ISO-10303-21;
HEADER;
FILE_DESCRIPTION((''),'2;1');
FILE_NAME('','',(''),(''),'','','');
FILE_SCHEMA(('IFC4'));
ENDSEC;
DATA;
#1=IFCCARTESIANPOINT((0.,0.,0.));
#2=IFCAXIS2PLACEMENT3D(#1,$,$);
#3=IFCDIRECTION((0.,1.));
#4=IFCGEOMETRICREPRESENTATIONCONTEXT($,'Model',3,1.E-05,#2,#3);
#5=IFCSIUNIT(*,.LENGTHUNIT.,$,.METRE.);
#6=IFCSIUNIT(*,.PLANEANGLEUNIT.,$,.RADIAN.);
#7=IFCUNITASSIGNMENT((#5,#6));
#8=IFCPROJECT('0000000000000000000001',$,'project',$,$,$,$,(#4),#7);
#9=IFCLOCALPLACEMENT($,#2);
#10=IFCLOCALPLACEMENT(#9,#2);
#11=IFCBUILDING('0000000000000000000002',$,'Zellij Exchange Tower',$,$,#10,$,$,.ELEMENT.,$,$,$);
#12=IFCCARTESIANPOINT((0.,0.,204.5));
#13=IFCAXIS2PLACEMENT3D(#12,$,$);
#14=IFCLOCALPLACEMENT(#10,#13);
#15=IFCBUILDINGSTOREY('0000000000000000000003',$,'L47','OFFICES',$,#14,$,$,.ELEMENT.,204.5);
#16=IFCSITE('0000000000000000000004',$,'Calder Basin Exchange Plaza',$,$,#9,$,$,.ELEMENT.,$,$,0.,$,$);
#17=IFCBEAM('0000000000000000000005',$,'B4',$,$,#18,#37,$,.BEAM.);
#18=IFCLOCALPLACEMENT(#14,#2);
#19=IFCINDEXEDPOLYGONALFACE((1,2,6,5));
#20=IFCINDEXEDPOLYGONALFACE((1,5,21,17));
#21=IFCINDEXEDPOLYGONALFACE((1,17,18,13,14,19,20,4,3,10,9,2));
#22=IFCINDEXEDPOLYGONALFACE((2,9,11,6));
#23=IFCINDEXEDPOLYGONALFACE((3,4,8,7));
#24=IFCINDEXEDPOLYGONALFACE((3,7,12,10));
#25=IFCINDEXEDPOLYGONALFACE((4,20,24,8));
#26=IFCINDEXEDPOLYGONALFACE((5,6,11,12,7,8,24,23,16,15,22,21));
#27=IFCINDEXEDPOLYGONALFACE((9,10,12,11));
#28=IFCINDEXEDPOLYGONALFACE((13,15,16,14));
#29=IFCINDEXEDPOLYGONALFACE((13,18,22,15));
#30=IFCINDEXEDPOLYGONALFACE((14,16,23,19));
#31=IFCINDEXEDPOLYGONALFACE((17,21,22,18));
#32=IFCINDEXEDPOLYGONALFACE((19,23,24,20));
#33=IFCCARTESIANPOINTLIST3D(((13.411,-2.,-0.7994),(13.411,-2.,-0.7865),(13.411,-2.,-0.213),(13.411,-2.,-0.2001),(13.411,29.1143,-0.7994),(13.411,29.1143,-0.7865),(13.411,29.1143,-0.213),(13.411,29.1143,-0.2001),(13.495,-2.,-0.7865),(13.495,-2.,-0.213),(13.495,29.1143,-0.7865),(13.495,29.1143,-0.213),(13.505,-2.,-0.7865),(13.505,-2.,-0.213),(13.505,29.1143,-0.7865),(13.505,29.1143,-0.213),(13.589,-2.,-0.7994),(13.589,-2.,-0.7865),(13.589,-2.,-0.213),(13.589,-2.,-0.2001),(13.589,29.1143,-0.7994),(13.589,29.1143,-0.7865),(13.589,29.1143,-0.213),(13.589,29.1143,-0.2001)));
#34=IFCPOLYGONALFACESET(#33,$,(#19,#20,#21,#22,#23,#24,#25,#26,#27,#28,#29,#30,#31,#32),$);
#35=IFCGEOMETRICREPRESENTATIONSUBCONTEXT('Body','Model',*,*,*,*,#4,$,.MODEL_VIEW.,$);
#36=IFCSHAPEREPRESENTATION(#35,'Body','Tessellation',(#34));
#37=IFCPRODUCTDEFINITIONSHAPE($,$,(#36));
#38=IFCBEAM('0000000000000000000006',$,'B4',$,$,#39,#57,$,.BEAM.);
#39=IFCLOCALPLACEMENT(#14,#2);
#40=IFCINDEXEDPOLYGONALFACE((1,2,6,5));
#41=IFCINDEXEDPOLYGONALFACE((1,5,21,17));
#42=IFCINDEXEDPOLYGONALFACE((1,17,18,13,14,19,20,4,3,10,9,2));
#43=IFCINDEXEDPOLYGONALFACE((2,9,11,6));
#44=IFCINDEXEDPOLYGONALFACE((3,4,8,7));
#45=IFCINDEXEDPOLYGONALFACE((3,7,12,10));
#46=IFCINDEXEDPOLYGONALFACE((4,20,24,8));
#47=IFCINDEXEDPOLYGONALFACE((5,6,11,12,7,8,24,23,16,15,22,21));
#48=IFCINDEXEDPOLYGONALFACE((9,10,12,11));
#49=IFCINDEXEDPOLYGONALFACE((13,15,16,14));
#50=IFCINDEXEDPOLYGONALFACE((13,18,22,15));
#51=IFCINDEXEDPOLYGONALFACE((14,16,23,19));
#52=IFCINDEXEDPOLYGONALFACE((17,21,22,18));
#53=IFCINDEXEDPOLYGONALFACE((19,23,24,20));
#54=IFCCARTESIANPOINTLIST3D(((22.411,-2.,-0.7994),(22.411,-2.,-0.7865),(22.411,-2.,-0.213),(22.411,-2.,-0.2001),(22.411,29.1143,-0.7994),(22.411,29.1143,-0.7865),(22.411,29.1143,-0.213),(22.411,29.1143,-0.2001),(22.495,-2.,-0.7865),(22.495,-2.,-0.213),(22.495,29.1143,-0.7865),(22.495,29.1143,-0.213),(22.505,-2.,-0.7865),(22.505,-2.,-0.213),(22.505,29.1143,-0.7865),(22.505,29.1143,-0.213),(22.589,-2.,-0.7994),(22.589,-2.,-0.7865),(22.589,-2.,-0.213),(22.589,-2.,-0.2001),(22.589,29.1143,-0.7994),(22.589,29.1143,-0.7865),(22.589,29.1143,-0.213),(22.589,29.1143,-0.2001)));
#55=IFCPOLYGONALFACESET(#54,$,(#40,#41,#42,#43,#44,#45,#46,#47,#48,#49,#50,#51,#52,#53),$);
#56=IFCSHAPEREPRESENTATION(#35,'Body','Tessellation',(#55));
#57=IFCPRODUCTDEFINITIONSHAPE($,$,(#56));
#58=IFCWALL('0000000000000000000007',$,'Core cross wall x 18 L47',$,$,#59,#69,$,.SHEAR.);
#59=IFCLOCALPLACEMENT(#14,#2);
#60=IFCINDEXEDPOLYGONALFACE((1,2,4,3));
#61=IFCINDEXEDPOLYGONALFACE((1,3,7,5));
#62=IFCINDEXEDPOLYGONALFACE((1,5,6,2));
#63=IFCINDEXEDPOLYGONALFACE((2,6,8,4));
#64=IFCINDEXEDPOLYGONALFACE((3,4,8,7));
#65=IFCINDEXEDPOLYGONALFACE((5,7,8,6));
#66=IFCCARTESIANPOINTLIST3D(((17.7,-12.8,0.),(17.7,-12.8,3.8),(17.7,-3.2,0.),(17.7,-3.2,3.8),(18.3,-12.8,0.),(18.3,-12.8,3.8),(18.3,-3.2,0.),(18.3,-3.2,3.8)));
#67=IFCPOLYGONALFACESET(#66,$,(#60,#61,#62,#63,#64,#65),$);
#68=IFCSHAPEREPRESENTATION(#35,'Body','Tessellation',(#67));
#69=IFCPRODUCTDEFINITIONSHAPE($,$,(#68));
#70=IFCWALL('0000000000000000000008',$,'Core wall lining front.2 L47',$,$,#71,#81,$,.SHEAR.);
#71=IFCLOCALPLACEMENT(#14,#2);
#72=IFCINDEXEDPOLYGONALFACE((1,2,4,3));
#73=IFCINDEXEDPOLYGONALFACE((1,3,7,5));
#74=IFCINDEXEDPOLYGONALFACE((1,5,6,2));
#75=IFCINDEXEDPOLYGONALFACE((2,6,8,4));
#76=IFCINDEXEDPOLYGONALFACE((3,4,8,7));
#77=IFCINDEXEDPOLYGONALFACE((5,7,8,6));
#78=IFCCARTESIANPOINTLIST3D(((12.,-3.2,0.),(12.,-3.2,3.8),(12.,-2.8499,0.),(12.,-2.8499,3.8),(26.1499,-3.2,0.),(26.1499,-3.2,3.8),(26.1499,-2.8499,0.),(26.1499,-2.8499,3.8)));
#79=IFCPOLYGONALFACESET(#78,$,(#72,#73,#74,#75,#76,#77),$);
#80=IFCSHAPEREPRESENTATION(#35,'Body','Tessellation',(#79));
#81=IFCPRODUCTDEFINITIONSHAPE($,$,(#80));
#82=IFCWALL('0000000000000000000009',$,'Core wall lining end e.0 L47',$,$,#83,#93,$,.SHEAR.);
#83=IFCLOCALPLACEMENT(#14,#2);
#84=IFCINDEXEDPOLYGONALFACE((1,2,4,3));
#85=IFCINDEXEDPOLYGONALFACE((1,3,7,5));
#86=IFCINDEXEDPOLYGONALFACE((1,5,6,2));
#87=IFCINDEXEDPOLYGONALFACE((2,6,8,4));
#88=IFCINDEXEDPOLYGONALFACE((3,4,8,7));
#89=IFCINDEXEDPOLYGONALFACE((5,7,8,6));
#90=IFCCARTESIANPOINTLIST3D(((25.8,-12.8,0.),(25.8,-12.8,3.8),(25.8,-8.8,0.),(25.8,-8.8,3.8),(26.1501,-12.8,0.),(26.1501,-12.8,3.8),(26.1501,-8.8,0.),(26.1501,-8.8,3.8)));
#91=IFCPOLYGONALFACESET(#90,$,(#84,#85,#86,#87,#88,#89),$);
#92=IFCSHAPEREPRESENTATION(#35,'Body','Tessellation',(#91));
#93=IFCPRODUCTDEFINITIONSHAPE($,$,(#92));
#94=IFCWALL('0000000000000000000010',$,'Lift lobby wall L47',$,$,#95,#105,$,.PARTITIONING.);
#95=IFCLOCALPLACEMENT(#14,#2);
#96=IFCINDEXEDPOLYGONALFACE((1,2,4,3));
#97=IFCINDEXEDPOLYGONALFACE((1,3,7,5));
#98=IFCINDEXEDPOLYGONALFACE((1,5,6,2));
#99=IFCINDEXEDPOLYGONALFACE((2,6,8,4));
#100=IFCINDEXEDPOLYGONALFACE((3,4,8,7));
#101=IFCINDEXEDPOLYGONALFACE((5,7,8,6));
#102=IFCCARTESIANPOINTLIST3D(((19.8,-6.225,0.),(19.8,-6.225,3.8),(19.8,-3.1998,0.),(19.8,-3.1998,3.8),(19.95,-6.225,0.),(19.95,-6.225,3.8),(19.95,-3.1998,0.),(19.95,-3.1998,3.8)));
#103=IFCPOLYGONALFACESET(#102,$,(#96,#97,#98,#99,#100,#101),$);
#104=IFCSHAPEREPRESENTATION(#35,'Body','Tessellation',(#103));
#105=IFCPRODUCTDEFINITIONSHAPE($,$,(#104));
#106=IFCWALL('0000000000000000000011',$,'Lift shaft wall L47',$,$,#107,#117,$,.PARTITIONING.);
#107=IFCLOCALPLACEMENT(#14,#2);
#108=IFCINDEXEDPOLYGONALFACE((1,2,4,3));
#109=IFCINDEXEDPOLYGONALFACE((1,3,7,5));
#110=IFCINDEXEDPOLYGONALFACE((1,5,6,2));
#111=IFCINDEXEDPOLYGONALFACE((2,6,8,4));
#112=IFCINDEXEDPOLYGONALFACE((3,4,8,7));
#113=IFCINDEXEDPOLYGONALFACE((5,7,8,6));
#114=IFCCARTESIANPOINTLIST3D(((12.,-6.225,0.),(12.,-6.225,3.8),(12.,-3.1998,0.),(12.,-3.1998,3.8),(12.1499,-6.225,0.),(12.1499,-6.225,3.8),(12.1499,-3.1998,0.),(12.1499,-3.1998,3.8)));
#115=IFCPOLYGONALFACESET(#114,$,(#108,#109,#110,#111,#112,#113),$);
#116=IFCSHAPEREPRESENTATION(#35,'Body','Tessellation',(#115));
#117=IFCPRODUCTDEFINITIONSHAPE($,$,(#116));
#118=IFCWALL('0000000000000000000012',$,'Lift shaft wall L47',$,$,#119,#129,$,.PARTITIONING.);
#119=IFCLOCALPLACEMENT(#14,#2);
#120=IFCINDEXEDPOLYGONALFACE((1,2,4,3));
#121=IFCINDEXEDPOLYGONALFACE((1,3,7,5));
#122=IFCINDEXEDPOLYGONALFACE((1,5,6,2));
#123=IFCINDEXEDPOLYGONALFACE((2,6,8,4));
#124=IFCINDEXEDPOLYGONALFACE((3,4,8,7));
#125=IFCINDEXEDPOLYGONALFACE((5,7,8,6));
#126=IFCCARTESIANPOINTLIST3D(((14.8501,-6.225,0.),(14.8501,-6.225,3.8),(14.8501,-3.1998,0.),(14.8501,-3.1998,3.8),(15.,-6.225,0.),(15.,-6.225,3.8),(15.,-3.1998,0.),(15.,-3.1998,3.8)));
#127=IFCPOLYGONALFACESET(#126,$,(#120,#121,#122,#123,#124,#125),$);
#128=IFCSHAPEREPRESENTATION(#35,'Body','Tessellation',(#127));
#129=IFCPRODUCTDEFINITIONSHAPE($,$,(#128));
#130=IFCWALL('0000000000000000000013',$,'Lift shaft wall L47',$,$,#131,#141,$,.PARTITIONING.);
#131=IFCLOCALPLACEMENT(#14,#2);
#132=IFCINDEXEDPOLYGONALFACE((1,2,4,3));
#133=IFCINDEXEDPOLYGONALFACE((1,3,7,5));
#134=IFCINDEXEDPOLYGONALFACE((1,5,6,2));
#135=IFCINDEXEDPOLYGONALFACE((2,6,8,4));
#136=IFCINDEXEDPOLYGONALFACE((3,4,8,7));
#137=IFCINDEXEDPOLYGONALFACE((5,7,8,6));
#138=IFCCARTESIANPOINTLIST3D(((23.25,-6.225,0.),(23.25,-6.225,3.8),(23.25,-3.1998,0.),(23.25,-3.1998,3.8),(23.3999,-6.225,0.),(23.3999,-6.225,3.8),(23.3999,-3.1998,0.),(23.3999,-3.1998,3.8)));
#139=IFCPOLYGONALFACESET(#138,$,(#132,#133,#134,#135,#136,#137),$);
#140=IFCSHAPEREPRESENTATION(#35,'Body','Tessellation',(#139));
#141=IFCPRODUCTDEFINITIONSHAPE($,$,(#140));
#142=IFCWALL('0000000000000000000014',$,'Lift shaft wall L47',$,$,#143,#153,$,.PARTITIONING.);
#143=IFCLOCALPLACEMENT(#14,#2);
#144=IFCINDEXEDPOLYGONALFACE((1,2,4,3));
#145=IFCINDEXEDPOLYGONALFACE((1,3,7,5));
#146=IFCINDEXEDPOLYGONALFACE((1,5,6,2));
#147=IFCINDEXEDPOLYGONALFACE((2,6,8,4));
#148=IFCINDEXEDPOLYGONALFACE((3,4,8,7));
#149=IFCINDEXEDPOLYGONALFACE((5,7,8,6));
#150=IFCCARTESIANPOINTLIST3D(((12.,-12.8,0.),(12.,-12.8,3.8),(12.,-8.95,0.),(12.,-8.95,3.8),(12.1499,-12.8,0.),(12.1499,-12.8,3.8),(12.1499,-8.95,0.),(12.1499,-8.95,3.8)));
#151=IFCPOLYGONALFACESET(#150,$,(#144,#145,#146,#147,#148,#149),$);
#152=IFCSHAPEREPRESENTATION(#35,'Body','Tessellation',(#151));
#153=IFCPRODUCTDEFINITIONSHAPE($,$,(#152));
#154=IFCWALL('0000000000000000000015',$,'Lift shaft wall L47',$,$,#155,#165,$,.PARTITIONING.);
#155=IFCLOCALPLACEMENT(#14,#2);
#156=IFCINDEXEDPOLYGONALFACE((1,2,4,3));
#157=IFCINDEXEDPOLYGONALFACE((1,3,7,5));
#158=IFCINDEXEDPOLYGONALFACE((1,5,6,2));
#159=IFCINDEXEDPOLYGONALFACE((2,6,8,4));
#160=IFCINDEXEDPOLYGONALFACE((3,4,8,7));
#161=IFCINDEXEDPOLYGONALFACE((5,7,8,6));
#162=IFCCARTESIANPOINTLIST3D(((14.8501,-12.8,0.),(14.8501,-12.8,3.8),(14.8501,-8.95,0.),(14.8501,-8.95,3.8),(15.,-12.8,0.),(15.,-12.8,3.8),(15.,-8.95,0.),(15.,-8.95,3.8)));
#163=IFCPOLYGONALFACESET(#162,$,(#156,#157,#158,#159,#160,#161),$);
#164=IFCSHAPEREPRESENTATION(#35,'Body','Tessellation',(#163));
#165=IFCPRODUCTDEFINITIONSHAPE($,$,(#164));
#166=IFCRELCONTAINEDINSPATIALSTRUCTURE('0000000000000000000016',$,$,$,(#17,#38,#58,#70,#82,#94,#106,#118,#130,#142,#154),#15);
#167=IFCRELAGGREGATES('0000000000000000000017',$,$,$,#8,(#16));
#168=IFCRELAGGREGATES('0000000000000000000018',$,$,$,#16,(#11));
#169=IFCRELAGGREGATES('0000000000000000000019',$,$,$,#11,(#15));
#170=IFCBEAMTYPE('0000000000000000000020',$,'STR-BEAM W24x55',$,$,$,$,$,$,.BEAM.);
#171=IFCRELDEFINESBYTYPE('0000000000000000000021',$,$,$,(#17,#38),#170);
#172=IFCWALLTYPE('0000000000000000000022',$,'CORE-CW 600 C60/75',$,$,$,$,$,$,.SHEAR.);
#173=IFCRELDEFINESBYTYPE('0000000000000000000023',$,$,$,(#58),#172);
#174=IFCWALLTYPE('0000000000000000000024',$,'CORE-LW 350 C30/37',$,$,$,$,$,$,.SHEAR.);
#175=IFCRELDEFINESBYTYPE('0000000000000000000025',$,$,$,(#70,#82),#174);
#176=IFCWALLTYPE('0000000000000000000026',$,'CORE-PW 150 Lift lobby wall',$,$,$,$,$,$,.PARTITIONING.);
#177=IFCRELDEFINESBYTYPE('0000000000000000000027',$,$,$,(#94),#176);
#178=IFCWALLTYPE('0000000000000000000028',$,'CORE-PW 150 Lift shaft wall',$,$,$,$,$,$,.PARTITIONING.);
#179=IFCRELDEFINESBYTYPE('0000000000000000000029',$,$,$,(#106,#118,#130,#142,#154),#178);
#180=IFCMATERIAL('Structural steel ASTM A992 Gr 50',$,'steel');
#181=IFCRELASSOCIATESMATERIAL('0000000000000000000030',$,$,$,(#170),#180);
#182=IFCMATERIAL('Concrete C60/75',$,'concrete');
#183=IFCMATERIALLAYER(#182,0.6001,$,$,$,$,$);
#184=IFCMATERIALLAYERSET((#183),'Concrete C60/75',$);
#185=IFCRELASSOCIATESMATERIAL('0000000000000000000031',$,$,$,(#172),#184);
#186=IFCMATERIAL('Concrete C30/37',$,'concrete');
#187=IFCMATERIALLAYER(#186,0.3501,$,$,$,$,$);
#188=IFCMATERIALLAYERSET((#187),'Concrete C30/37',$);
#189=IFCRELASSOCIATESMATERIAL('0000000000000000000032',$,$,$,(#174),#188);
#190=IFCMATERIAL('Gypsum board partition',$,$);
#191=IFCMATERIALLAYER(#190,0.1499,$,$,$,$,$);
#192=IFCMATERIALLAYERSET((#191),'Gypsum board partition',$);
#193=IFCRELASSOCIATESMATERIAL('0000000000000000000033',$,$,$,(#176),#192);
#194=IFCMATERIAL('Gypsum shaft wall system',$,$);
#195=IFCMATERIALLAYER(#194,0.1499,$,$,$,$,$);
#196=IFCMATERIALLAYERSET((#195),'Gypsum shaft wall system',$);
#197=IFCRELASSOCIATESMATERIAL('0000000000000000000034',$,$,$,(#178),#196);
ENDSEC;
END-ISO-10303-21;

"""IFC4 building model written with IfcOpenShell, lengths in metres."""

from ifc_helpers import new_model, si_unit, direction, frame, frame_2d, origin, origin_2d, place, context, subcontext, project, spatial, rectangle, i_section, extrude, material, layer, layer_set, material_profile, profile_set, type_object, element, save


model = new_model("IFC4")

# Units and contexts
model_context = context("Model", 3, precision=1e-05, world=origin(), true_north=direction((0.0, 1.0)))
body_context = subcontext(model_context, "Body", "Model", "MODEL_VIEW")
ifc_project = project(units=[si_unit("LENGTHUNIT", "METRE"), si_unit("PLANEANGLEUNIT", "RADIAN")], contexts=[model_context])

# Site, building, storey
site_placement = place(None, origin())
site = spatial("IfcSite", under=ifc_project, at=site_placement, Name="Calder Basin Exchange Plaza", CompositionType="ELEMENT", RefElevation=0.0)
building_placement = place(site_placement, origin())
building = spatial("IfcBuilding", under=site, at=building_placement, Name="Zellij Exchange Tower", CompositionType="ELEMENT")
storey_placement = place(building_placement, frame((0.0, 0.0, 204.5)))
storey = spatial("IfcBuildingStorey", under=building, at=storey_placement, Name="L47", Description="OFFICES", CompositionType="ELEMENT", Elevation=204.5)

# Beams
ifc_material_1 = material(Name="Structural steel ASTM A992 Gr 50", Category="steel")
ifc_material_profile = material_profile(ifc_material_1, i_section(OverallWidth=0.178, OverallDepth=0.5994, WebThickness=0.01, FlangeThickness=0.0129, at=origin_2d()), Name="W24x55")
ifc_profile_set = profile_set([ifc_material_profile], Name="Structural steel ASTM A992 Gr 50")
beam_type = type_object("IfcBeamType", Name="STR-BEAM W24x55", PredefinedType="BEAM", material=ifc_profile_set)
for number, where, z_axis, x_axis, name in (
    (1, (13.5, -2.0, -0.4998), (0.0, 1.0, 0.0), (-1.0, 0.0, 0.0), "B4"),
    (2, (22.5, -2.0, -0.4998), (0.0, 1.0, 0.0), (-1.0, 0.0, 0.0), "B4"),
):
    element("IfcBeam", number, at=place(storey_placement, frame(where, z_axis=z_axis, x_axis=x_axis)), inside=storey, type_object=beam_type, Name=name, PredefinedType="BEAM", context=body_context, shape_type="SweptSolid", body=[
        extrude(i_section(OverallWidth=0.178, OverallDepth=0.5994, WebThickness=0.01, FlangeThickness=0.0129, at=origin_2d()), origin(), (0.0, 0.0, 1.0), 31.1143),
    ])

# Walls
ifc_material_2 = material(Name="Concrete C60/75", Category="concrete")
ifc_layer_1 = layer(ifc_material_2, 0.6001)
ifc_layer_set_1 = layer_set([ifc_layer_1], Name="Concrete C60/75")
wall_type_1 = type_object("IfcWallType", Name="CORE-CW 600 C60/75", PredefinedType="SHEAR", material=ifc_layer_set_1)
wall_1_placement = place(storey_placement, frame((18.0, -12.8, 0.0), z_axis=(0.0, 0.0, 1.0), x_axis=(0.0, 1.0, 0.0)))
element("IfcWall", 3, at=wall_1_placement, inside=storey, type_object=wall_type_1, Name="Core cross wall x 18 L47", PredefinedType="SHEAR", context=body_context, shape_type="SweptSolid", body=[
    extrude(rectangle(XDim=9.6001, YDim=0.6001, at=frame_2d((4.8, 0.0))), origin(), (0.0, 0.0, 1.0), 3.8),
])
ifc_material_3 = material(Name="Concrete C30/37", Category="concrete")
ifc_layer_2 = layer(ifc_material_3, 0.3501)
ifc_layer_set_2 = layer_set([ifc_layer_2], Name="Concrete C30/37")
wall_type_2 = type_object("IfcWallType", Name="CORE-LW 350 C30/37", PredefinedType="SHEAR", material=ifc_layer_set_2)
wall_2_placement = place(storey_placement, frame((12.0, -3.0249, 0.0), z_axis=(0.0, 0.0, 1.0), x_axis=(1.0, 0.0, 0.0)))
element("IfcWall", 4, at=wall_2_placement, inside=storey, type_object=wall_type_2, Name="Core wall lining front.2 L47", PredefinedType="SHEAR", context=body_context, shape_type="SweptSolid", body=[
    extrude(rectangle(XDim=14.1499, YDim=0.3501, at=frame_2d((7.075, 0.0))), origin(), (0.0, 0.0, 1.0), 3.8),
])
wall_3_placement = place(storey_placement, frame((25.9751, -12.8, 0.0), z_axis=(0.0, 0.0, 1.0), x_axis=(0.0, 1.0, 0.0)))
element("IfcWall", 5, at=wall_3_placement, inside=storey, type_object=wall_type_2, Name="Core wall lining end e.0 L47", PredefinedType="SHEAR", context=body_context, shape_type="SweptSolid", body=[
    extrude(rectangle(XDim=4.0, YDim=0.3501, at=frame_2d((2.0, 0.0))), origin(), (0.0, 0.0, 1.0), 3.8),
])
ifc_material_4 = material(Name="Gypsum board partition")
ifc_layer_3 = layer(ifc_material_4, 0.1499)
ifc_layer_set_3 = layer_set([ifc_layer_3], Name="Gypsum board partition")
wall_type_3 = type_object("IfcWallType", Name="CORE-PW 150 Lift lobby wall", PredefinedType="PARTITIONING", material=ifc_layer_set_3)
wall_4_placement = place(storey_placement, frame((19.875, -6.2251, 0.0), z_axis=(0.0, 0.0, 1.0), x_axis=(0.0, 1.0, 0.0)))
element("IfcWall", 6, at=wall_4_placement, inside=storey, type_object=wall_type_3, Name="Lift lobby wall L47", PredefinedType="PARTITIONING", context=body_context, shape_type="SweptSolid", body=[
    extrude(rectangle(XDim=3.0251, YDim=0.1499, at=frame_2d((1.5127, 0.0))), origin(), (0.0, 0.0, 1.0), 3.8),
])
ifc_material_5 = material(Name="Gypsum shaft wall system")
ifc_layer_4 = layer(ifc_material_5, 0.1499)
ifc_layer_set_4 = layer_set([ifc_layer_4], Name="Gypsum shaft wall system")
wall_type_4 = type_object("IfcWallType", Name="CORE-PW 150 Lift shaft wall", PredefinedType="PARTITIONING", material=ifc_layer_set_4)
for number, where, z_axis, x_axis, name in (
    (7, (12.075, -6.2251, 0.0), (0.0, 0.0, 1.0), (0.0, 1.0, 0.0), "Lift shaft wall L47"),
    (8, (14.925, -6.2251, 0.0), (0.0, 0.0, 1.0), (0.0, 1.0, 0.0), "Lift shaft wall L47"),
    (9, (23.325, -6.2251, 0.0), (0.0, 0.0, 1.0), (0.0, 1.0, 0.0), "Lift shaft wall L47"),
):
    element("IfcWall", number, at=place(storey_placement, frame(where, z_axis=z_axis, x_axis=x_axis)), inside=storey, type_object=wall_type_4, Name=name, PredefinedType="PARTITIONING", context=body_context, shape_type="SweptSolid", body=[
        extrude(rectangle(XDim=3.0251, YDim=0.1499, at=frame_2d((1.5127, 0.0))), origin(), (0.0, 0.0, 1.0), 3.8),
    ])
for number, where, z_axis, x_axis, name in (
    (10, (12.075, -12.8, 0.0), (0.0, 0.0, 1.0), (0.0, 1.0, 0.0), "Lift shaft wall L47"),
    (11, (14.925, -12.8, 0.0), (0.0, 0.0, 1.0), (0.0, 1.0, 0.0), "Lift shaft wall L47"),
):
    element("IfcWall", number, at=place(storey_placement, frame(where, z_axis=z_axis, x_axis=x_axis)), inside=storey, type_object=wall_type_4, Name=name, PredefinedType="PARTITIONING", context=body_context, shape_type="SweptSolid", body=[
        extrude(rectangle(XDim=3.8501, YDim=0.1499, at=frame_2d((1.925, 0.0))), origin(), (0.0, 0.0, 1.0), 3.8),
    ])

save(model, "model.ifc")
